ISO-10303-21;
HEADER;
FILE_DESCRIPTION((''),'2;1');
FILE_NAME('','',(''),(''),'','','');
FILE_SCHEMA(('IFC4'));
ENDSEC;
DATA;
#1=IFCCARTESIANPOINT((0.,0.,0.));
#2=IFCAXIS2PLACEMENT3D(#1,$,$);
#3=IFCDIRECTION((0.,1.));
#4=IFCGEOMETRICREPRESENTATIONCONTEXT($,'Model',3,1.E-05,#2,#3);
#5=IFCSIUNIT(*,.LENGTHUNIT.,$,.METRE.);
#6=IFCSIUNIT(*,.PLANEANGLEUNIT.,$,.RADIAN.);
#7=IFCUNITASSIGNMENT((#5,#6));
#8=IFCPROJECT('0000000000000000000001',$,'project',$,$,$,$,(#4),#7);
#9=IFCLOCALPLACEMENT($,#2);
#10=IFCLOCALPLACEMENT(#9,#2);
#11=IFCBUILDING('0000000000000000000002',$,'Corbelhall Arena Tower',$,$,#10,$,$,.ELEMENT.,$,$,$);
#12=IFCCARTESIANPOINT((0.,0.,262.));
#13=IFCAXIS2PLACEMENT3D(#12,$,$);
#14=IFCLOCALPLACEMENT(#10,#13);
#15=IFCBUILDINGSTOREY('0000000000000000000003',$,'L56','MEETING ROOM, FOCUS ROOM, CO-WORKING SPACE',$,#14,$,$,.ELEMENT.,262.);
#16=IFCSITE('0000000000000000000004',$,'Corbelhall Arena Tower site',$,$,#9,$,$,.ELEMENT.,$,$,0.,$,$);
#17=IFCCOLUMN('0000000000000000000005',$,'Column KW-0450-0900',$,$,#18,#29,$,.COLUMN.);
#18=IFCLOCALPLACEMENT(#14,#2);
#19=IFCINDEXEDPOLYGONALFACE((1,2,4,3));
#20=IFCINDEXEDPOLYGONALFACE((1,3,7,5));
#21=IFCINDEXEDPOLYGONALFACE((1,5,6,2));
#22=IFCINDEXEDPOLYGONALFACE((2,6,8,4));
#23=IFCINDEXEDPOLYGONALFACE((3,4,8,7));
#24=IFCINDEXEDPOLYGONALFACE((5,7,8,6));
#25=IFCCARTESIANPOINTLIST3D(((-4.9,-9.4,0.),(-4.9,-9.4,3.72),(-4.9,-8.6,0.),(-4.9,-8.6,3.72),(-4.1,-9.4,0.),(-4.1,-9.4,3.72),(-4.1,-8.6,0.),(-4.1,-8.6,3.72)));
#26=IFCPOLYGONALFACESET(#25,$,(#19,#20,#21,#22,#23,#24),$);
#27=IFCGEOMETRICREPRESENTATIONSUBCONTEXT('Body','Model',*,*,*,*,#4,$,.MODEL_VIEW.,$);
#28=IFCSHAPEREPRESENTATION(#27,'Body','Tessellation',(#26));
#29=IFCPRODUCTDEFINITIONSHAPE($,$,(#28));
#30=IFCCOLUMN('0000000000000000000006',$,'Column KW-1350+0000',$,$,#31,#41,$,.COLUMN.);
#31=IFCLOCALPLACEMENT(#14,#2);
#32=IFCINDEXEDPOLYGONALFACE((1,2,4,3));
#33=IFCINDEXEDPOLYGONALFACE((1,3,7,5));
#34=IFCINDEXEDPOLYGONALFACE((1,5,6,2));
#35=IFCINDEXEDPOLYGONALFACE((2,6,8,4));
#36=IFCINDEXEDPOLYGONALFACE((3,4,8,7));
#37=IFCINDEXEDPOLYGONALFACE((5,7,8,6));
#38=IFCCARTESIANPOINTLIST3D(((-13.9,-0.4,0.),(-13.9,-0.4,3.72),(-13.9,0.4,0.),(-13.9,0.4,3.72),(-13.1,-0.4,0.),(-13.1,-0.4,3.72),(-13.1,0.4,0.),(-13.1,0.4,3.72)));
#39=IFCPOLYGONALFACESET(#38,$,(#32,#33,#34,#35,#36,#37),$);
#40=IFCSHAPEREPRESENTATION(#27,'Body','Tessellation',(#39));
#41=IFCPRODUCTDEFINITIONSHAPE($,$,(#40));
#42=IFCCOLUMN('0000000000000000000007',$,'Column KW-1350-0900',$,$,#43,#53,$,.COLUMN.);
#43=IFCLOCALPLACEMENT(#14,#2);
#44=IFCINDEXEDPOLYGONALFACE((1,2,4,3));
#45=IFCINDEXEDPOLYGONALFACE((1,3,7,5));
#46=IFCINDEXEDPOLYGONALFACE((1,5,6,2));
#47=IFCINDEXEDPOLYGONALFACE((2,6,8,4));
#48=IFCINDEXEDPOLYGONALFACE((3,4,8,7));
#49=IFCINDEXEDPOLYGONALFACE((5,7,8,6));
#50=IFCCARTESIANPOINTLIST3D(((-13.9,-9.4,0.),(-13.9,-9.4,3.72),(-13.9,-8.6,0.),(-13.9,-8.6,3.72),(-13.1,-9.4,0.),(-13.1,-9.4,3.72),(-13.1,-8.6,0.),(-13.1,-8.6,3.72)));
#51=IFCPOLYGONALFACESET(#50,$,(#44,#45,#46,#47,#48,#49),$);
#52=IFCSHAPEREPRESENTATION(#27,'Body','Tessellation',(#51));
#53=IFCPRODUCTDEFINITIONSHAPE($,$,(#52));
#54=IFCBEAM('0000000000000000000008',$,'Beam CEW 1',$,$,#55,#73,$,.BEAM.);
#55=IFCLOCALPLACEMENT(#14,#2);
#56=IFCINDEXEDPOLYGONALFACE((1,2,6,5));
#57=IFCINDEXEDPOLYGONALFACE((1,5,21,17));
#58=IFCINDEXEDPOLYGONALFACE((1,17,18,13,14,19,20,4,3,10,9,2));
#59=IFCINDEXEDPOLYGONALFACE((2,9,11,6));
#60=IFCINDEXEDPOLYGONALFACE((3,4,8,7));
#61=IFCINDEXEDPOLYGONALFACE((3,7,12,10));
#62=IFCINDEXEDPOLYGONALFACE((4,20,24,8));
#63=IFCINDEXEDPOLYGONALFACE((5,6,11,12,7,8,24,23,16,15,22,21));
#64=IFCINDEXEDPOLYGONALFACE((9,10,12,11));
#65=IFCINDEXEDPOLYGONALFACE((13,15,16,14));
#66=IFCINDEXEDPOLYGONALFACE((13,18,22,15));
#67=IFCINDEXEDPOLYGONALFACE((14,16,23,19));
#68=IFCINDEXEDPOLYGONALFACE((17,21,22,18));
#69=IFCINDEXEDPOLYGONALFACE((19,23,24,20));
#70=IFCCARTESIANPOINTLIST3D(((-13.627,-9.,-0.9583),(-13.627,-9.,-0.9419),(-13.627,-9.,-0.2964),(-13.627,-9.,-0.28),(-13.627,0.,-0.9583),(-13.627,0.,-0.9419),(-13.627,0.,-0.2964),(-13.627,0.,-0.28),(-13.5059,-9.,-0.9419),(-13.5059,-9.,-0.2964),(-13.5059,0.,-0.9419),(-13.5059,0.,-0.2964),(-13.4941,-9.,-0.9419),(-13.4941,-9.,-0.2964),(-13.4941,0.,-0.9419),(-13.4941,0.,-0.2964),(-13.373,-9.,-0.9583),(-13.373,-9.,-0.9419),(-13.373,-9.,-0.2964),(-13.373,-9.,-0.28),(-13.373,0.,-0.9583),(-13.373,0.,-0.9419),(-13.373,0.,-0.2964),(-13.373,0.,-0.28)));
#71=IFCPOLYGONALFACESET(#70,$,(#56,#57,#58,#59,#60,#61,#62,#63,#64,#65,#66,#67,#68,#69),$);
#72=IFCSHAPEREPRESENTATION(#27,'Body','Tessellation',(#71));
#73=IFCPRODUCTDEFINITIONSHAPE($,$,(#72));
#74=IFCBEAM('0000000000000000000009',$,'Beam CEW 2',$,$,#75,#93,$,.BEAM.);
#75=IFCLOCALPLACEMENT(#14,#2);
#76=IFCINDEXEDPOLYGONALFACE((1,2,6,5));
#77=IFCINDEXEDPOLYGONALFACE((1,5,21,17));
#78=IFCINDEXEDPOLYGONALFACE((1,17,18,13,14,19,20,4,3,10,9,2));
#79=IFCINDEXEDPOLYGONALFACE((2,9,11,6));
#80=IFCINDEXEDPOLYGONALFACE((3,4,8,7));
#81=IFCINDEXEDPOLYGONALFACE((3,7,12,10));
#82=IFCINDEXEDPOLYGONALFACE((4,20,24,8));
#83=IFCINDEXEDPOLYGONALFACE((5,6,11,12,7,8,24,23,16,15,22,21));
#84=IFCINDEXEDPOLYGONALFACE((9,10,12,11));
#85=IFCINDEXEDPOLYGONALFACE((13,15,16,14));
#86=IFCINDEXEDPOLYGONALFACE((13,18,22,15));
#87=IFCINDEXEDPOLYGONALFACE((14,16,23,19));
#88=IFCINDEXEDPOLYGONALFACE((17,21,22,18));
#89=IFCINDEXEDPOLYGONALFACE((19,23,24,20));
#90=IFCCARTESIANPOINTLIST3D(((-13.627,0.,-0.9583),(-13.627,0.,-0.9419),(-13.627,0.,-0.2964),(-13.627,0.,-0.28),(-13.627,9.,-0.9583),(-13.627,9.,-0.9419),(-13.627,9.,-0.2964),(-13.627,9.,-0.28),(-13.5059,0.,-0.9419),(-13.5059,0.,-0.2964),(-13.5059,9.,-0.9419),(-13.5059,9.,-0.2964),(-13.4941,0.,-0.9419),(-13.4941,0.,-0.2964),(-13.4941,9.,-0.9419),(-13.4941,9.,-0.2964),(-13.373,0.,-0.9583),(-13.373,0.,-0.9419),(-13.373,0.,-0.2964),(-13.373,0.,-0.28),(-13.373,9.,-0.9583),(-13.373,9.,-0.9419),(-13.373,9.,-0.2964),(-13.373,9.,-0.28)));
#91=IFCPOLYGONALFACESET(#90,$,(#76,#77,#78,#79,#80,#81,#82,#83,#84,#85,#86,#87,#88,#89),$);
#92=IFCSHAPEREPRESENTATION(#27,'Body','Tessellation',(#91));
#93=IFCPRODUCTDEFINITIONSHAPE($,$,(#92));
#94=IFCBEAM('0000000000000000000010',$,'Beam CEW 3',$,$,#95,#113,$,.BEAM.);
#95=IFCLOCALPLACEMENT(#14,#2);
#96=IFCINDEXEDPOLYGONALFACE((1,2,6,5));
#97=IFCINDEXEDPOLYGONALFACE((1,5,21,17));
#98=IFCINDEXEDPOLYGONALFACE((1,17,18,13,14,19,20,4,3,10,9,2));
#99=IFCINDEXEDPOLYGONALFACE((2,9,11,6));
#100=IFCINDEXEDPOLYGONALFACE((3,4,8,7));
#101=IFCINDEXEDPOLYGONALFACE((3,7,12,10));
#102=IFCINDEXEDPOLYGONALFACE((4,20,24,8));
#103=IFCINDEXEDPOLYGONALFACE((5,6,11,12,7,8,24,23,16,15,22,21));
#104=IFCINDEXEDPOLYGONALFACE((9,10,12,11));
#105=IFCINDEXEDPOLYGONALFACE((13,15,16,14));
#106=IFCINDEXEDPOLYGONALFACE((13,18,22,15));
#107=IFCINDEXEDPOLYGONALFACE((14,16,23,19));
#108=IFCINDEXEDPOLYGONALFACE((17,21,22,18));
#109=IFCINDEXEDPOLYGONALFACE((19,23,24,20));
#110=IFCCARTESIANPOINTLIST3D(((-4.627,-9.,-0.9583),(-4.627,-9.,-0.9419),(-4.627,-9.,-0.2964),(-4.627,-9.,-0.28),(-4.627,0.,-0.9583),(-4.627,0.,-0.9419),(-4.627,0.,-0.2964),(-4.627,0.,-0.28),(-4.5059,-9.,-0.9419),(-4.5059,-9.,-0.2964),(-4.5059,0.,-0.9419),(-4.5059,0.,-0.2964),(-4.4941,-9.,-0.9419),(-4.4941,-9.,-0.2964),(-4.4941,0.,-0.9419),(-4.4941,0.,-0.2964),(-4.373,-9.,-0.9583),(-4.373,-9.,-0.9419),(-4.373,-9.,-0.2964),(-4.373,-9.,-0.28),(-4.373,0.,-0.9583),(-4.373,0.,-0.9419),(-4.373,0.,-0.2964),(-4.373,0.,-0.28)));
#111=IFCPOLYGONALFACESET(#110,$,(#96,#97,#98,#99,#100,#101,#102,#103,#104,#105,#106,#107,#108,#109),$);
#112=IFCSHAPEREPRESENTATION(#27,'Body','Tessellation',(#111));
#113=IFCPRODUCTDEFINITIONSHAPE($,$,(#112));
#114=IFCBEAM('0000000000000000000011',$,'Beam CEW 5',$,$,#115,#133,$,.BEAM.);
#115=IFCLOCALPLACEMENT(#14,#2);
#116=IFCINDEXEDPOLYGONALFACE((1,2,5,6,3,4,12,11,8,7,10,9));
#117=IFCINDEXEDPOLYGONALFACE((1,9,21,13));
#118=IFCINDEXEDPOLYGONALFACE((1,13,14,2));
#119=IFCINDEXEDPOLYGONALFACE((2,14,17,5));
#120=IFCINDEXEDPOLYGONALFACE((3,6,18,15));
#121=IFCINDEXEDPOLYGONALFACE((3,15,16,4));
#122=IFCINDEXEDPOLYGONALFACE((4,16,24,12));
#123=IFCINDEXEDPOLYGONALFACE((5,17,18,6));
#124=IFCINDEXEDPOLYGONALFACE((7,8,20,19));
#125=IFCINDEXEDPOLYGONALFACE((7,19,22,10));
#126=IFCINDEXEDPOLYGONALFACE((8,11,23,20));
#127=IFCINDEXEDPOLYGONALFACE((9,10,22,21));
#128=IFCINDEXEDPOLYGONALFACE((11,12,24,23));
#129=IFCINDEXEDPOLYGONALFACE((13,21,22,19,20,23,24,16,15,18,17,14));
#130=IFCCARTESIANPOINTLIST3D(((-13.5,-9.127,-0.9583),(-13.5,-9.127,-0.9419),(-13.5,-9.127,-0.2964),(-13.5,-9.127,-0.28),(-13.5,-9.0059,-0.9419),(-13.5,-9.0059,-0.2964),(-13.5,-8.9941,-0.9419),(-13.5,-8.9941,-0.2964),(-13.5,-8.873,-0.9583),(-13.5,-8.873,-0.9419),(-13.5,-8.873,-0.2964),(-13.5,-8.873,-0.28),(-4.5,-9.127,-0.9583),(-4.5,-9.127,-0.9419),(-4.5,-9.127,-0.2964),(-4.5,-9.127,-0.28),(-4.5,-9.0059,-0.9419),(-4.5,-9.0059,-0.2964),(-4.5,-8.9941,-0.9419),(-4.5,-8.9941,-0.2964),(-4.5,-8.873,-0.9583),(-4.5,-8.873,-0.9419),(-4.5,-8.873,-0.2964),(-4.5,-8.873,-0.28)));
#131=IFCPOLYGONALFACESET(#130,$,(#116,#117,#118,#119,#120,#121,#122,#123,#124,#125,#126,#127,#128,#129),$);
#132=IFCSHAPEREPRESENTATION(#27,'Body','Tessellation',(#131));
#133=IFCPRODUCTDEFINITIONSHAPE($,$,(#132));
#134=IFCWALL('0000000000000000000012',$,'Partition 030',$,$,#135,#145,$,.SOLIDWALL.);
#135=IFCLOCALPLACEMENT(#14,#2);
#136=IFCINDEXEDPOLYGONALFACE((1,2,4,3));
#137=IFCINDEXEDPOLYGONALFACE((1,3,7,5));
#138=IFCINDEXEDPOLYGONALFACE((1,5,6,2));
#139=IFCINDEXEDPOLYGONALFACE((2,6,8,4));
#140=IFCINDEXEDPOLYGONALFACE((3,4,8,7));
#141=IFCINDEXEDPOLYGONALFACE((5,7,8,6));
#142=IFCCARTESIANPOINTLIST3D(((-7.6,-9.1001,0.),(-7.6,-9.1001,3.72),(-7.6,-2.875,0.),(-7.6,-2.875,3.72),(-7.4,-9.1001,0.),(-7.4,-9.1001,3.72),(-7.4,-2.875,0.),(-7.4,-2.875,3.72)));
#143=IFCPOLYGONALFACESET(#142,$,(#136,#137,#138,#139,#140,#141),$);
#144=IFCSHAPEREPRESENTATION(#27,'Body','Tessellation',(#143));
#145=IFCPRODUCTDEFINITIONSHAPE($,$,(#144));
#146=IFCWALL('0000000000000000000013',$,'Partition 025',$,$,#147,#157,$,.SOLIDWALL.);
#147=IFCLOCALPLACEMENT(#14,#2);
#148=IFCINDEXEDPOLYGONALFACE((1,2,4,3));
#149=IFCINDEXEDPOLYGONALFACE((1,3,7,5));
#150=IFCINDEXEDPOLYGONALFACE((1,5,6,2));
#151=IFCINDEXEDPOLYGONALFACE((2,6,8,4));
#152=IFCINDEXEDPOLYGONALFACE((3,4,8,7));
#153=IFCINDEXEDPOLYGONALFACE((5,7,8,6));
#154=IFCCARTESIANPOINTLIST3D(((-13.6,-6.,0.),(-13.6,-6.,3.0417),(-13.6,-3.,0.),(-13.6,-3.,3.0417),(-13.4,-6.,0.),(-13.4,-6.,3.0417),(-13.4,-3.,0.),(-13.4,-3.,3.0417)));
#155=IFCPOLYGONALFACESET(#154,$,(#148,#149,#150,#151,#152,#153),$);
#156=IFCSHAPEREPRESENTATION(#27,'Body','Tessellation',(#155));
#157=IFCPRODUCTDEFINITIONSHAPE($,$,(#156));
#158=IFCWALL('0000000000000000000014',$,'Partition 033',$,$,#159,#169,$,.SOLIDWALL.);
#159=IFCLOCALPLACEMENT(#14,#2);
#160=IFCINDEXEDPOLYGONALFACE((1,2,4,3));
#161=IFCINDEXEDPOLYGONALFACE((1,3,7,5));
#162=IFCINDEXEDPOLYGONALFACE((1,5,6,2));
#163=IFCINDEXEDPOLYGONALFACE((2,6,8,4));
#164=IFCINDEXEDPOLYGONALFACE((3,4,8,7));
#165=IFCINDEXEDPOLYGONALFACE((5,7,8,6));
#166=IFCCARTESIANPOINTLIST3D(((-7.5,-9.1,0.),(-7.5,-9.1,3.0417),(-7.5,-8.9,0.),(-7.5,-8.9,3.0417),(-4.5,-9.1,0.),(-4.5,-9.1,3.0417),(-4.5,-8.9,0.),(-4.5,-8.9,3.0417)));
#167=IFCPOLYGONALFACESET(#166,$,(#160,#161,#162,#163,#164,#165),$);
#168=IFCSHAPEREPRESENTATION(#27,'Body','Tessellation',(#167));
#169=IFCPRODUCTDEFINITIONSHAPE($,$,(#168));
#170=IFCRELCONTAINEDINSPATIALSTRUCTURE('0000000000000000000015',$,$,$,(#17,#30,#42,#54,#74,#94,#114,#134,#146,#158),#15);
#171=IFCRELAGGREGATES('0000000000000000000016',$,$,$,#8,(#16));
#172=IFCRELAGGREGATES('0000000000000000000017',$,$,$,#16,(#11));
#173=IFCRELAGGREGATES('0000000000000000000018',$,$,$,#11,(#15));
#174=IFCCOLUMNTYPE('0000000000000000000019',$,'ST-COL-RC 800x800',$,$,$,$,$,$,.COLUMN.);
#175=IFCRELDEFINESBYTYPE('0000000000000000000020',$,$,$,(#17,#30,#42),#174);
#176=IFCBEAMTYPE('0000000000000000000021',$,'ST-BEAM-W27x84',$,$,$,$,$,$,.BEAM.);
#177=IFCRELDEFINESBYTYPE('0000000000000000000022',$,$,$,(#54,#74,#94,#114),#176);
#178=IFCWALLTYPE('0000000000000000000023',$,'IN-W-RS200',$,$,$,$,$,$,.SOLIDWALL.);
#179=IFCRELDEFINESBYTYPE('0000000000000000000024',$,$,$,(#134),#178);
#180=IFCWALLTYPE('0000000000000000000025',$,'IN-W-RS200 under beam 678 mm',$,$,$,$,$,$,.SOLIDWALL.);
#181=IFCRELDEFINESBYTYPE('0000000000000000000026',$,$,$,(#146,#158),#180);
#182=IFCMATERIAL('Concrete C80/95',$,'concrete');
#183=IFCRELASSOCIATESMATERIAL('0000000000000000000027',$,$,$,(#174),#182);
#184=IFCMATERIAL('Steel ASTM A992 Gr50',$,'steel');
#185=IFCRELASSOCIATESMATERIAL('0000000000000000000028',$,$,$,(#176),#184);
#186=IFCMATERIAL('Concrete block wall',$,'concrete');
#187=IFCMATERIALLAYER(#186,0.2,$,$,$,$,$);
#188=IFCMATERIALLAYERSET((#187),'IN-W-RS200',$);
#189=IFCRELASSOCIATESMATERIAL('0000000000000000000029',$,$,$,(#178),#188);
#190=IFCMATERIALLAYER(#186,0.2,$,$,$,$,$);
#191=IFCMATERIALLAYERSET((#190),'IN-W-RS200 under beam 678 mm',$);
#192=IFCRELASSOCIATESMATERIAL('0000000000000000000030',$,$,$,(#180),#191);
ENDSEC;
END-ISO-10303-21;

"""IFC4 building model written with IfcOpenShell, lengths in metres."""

from ifc_helpers import new_model, si_unit, direction, frame, frame_2d, origin, origin_2d, place, context, subcontext, project, spatial, rectangle, i_section, extrude, material, layer, layer_set, material_profile, profile_set, type_object, element, save


model = new_model("IFC4")

# Units and contexts
model_context = context("Model", 3, precision=1e-05, world=origin(), true_north=direction((0.0, 1.0)))
body_context = subcontext(model_context, "Body", "Model", "MODEL_VIEW")
ifc_project = project(units=[si_unit("LENGTHUNIT", "METRE"), si_unit("PLANEANGLEUNIT", "RADIAN")], contexts=[model_context])

# Site, building, storey
site_placement = place(None, origin())
site = spatial("IfcSite", under=ifc_project, at=site_placement, Name="Corbelhall Arena Tower site", CompositionType="ELEMENT", RefElevation=0.0)
building_placement = place(site_placement, origin())
building = spatial("IfcBuilding", under=site, at=building_placement, Name="Corbelhall Arena Tower", CompositionType="ELEMENT")
storey_placement = place(building_placement, frame((0.0, 0.0, 262.0)))
storey = spatial("IfcBuildingStorey", under=building, at=storey_placement, Name="L56", Description="MEETING ROOM, FOCUS ROOM, CO-WORKING SPACE", CompositionType="ELEMENT", Elevation=262.0)

# Columns
ifc_material_1 = material(Name="Concrete C80/95", Category="concrete")
ifc_material_profile_1 = material_profile(ifc_material_1, rectangle(XDim=0.8, YDim=0.8, at=origin_2d()))
ifc_profile_set_1 = profile_set([ifc_material_profile_1], Name="Concrete C80/95")
column_type = type_object("IfcColumnType", Name="ST-COL-RC 800x800", PredefinedType="COLUMN", material=ifc_profile_set_1)
for number, where, z_axis, x_axis, name in (
    (1, (-4.5, -9.0, 0.0), (0.0, 0.0, 1.0), (1.0, 0.0, 0.0), "Column KW-0450-0900"),
    (2, (-13.5, 0.0, 0.0), (0.0, 0.0, 1.0), (1.0, 0.0, 0.0), "Column KW-1350+0000"),
    (3, (-13.5, -9.0, 0.0), (0.0, 0.0, 1.0), (1.0, 0.0, 0.0), "Column KW-1350-0900"),
):
    element("IfcColumn", number, at=place(storey_placement, frame(where, z_axis=z_axis, x_axis=x_axis)), inside=storey, type_object=column_type, Name=name, PredefinedType="COLUMN", context=body_context, shape_type="SweptSolid", body=[
        extrude(rectangle(XDim=0.8, YDim=0.8, at=origin_2d()), origin(), (0.0, 0.0, 1.0), 3.72),
    ])

# Beams
ifc_material_2 = material(Name="Steel ASTM A992 Gr50", Category="steel")
ifc_material_profile_2 = material_profile(ifc_material_2, i_section(OverallWidth=0.2539, OverallDepth=0.6782, WebThickness=0.0117, FlangeThickness=0.0164, at=origin_2d()))
ifc_profile_set_2 = profile_set([ifc_material_profile_2], Name="Steel ASTM A992 Gr50")
beam_type = type_object("IfcBeamType", Name="ST-BEAM-W27x84", PredefinedType="BEAM", material=ifc_profile_set_2)
for number, where, z_axis, x_axis, name in (
    (4, (-13.5, -9.0, -0.6191), (0.0, 1.0, 0.0), (-1.0, 0.0, 0.0), "Beam CEW 1"),
    (5, (-13.5, 0.0, -0.6191), (0.0, 1.0, 0.0), (-1.0, 0.0, 0.0), "Beam CEW 2"),
    (6, (-4.5, -9.0, -0.6191), (0.0, 1.0, 0.0), (-1.0, 0.0, 0.0), "Beam CEW 3"),
    (7, (-13.5, -9.0, -0.6191), (1.0, 0.0, 0.0), (0.0, 1.0, 0.0), "Beam CEW 5"),
):
    element("IfcBeam", number, at=place(storey_placement, frame(where, z_axis=z_axis, x_axis=x_axis)), inside=storey, type_object=beam_type, Name=name, PredefinedType="BEAM", context=body_context, shape_type="SweptSolid", body=[
        extrude(i_section(OverallWidth=0.2539, OverallDepth=0.6782, WebThickness=0.0117, FlangeThickness=0.0164, at=origin_2d()), origin(), (0.0, 0.0, 1.0), 9.0),
    ])

# Shared definitions
ifc_material_3 = material(Name="Concrete block wall", Category="concrete")
ifc_layer_1 = layer(ifc_material_3, 0.2)
ifc_layer_set_1 = layer_set([ifc_layer_1], Name="IN-W-RS200")
wall_type_1 = type_object("IfcWallType", Name="IN-W-RS200", PredefinedType="SOLIDWALL", material=ifc_layer_set_1)

# Walls
wall_1_placement = place(storey_placement, frame((-7.5, -9.1001, 0.0), z_axis=(0.0, 0.0, 1.0), x_axis=(0.0, 1.0, 0.0)))
element("IfcWall", 8, at=wall_1_placement, inside=storey, type_object=wall_type_1, Name="Partition 030", PredefinedType="SOLIDWALL", context=body_context, shape_type="SweptSolid", body=[
    extrude(rectangle(XDim=6.2251, YDim=0.2, at=frame_2d((3.1125, 0.0))), origin(), (0.0, 0.0, 1.0), 3.72),
])
ifc_layer_2 = layer(ifc_material_3, 0.2)
ifc_layer_set_2 = layer_set([ifc_layer_2], Name="IN-W-RS200 under beam 678 mm")
wall_type_2 = type_object("IfcWallType", Name="IN-W-RS200 under beam 678 mm", PredefinedType="SOLIDWALL", material=ifc_layer_set_2)
for number, where, z_axis, x_axis, name in (
    (9, (-13.5, -6.0, 0.0), (0.0, 0.0, 1.0), (0.0, 1.0, 0.0), "Partition 025"),
    (10, (-4.5, -9.0, 0.0), (0.0, 0.0, 1.0), (-1.0, 0.0, 0.0), "Partition 033"),
):
    element("IfcWall", number, at=place(storey_placement, frame(where, z_axis=z_axis, x_axis=x_axis)), inside=storey, type_object=wall_type_2, Name=name, PredefinedType="SOLIDWALL", context=body_context, shape_type="SweptSolid", body=[
        extrude(rectangle(XDim=3.0, YDim=0.2, at=frame_2d((1.5, 0.0))), origin(), (0.0, 0.0, 1.0), 3.0417),
    ])

save(model, "model.ifc")
